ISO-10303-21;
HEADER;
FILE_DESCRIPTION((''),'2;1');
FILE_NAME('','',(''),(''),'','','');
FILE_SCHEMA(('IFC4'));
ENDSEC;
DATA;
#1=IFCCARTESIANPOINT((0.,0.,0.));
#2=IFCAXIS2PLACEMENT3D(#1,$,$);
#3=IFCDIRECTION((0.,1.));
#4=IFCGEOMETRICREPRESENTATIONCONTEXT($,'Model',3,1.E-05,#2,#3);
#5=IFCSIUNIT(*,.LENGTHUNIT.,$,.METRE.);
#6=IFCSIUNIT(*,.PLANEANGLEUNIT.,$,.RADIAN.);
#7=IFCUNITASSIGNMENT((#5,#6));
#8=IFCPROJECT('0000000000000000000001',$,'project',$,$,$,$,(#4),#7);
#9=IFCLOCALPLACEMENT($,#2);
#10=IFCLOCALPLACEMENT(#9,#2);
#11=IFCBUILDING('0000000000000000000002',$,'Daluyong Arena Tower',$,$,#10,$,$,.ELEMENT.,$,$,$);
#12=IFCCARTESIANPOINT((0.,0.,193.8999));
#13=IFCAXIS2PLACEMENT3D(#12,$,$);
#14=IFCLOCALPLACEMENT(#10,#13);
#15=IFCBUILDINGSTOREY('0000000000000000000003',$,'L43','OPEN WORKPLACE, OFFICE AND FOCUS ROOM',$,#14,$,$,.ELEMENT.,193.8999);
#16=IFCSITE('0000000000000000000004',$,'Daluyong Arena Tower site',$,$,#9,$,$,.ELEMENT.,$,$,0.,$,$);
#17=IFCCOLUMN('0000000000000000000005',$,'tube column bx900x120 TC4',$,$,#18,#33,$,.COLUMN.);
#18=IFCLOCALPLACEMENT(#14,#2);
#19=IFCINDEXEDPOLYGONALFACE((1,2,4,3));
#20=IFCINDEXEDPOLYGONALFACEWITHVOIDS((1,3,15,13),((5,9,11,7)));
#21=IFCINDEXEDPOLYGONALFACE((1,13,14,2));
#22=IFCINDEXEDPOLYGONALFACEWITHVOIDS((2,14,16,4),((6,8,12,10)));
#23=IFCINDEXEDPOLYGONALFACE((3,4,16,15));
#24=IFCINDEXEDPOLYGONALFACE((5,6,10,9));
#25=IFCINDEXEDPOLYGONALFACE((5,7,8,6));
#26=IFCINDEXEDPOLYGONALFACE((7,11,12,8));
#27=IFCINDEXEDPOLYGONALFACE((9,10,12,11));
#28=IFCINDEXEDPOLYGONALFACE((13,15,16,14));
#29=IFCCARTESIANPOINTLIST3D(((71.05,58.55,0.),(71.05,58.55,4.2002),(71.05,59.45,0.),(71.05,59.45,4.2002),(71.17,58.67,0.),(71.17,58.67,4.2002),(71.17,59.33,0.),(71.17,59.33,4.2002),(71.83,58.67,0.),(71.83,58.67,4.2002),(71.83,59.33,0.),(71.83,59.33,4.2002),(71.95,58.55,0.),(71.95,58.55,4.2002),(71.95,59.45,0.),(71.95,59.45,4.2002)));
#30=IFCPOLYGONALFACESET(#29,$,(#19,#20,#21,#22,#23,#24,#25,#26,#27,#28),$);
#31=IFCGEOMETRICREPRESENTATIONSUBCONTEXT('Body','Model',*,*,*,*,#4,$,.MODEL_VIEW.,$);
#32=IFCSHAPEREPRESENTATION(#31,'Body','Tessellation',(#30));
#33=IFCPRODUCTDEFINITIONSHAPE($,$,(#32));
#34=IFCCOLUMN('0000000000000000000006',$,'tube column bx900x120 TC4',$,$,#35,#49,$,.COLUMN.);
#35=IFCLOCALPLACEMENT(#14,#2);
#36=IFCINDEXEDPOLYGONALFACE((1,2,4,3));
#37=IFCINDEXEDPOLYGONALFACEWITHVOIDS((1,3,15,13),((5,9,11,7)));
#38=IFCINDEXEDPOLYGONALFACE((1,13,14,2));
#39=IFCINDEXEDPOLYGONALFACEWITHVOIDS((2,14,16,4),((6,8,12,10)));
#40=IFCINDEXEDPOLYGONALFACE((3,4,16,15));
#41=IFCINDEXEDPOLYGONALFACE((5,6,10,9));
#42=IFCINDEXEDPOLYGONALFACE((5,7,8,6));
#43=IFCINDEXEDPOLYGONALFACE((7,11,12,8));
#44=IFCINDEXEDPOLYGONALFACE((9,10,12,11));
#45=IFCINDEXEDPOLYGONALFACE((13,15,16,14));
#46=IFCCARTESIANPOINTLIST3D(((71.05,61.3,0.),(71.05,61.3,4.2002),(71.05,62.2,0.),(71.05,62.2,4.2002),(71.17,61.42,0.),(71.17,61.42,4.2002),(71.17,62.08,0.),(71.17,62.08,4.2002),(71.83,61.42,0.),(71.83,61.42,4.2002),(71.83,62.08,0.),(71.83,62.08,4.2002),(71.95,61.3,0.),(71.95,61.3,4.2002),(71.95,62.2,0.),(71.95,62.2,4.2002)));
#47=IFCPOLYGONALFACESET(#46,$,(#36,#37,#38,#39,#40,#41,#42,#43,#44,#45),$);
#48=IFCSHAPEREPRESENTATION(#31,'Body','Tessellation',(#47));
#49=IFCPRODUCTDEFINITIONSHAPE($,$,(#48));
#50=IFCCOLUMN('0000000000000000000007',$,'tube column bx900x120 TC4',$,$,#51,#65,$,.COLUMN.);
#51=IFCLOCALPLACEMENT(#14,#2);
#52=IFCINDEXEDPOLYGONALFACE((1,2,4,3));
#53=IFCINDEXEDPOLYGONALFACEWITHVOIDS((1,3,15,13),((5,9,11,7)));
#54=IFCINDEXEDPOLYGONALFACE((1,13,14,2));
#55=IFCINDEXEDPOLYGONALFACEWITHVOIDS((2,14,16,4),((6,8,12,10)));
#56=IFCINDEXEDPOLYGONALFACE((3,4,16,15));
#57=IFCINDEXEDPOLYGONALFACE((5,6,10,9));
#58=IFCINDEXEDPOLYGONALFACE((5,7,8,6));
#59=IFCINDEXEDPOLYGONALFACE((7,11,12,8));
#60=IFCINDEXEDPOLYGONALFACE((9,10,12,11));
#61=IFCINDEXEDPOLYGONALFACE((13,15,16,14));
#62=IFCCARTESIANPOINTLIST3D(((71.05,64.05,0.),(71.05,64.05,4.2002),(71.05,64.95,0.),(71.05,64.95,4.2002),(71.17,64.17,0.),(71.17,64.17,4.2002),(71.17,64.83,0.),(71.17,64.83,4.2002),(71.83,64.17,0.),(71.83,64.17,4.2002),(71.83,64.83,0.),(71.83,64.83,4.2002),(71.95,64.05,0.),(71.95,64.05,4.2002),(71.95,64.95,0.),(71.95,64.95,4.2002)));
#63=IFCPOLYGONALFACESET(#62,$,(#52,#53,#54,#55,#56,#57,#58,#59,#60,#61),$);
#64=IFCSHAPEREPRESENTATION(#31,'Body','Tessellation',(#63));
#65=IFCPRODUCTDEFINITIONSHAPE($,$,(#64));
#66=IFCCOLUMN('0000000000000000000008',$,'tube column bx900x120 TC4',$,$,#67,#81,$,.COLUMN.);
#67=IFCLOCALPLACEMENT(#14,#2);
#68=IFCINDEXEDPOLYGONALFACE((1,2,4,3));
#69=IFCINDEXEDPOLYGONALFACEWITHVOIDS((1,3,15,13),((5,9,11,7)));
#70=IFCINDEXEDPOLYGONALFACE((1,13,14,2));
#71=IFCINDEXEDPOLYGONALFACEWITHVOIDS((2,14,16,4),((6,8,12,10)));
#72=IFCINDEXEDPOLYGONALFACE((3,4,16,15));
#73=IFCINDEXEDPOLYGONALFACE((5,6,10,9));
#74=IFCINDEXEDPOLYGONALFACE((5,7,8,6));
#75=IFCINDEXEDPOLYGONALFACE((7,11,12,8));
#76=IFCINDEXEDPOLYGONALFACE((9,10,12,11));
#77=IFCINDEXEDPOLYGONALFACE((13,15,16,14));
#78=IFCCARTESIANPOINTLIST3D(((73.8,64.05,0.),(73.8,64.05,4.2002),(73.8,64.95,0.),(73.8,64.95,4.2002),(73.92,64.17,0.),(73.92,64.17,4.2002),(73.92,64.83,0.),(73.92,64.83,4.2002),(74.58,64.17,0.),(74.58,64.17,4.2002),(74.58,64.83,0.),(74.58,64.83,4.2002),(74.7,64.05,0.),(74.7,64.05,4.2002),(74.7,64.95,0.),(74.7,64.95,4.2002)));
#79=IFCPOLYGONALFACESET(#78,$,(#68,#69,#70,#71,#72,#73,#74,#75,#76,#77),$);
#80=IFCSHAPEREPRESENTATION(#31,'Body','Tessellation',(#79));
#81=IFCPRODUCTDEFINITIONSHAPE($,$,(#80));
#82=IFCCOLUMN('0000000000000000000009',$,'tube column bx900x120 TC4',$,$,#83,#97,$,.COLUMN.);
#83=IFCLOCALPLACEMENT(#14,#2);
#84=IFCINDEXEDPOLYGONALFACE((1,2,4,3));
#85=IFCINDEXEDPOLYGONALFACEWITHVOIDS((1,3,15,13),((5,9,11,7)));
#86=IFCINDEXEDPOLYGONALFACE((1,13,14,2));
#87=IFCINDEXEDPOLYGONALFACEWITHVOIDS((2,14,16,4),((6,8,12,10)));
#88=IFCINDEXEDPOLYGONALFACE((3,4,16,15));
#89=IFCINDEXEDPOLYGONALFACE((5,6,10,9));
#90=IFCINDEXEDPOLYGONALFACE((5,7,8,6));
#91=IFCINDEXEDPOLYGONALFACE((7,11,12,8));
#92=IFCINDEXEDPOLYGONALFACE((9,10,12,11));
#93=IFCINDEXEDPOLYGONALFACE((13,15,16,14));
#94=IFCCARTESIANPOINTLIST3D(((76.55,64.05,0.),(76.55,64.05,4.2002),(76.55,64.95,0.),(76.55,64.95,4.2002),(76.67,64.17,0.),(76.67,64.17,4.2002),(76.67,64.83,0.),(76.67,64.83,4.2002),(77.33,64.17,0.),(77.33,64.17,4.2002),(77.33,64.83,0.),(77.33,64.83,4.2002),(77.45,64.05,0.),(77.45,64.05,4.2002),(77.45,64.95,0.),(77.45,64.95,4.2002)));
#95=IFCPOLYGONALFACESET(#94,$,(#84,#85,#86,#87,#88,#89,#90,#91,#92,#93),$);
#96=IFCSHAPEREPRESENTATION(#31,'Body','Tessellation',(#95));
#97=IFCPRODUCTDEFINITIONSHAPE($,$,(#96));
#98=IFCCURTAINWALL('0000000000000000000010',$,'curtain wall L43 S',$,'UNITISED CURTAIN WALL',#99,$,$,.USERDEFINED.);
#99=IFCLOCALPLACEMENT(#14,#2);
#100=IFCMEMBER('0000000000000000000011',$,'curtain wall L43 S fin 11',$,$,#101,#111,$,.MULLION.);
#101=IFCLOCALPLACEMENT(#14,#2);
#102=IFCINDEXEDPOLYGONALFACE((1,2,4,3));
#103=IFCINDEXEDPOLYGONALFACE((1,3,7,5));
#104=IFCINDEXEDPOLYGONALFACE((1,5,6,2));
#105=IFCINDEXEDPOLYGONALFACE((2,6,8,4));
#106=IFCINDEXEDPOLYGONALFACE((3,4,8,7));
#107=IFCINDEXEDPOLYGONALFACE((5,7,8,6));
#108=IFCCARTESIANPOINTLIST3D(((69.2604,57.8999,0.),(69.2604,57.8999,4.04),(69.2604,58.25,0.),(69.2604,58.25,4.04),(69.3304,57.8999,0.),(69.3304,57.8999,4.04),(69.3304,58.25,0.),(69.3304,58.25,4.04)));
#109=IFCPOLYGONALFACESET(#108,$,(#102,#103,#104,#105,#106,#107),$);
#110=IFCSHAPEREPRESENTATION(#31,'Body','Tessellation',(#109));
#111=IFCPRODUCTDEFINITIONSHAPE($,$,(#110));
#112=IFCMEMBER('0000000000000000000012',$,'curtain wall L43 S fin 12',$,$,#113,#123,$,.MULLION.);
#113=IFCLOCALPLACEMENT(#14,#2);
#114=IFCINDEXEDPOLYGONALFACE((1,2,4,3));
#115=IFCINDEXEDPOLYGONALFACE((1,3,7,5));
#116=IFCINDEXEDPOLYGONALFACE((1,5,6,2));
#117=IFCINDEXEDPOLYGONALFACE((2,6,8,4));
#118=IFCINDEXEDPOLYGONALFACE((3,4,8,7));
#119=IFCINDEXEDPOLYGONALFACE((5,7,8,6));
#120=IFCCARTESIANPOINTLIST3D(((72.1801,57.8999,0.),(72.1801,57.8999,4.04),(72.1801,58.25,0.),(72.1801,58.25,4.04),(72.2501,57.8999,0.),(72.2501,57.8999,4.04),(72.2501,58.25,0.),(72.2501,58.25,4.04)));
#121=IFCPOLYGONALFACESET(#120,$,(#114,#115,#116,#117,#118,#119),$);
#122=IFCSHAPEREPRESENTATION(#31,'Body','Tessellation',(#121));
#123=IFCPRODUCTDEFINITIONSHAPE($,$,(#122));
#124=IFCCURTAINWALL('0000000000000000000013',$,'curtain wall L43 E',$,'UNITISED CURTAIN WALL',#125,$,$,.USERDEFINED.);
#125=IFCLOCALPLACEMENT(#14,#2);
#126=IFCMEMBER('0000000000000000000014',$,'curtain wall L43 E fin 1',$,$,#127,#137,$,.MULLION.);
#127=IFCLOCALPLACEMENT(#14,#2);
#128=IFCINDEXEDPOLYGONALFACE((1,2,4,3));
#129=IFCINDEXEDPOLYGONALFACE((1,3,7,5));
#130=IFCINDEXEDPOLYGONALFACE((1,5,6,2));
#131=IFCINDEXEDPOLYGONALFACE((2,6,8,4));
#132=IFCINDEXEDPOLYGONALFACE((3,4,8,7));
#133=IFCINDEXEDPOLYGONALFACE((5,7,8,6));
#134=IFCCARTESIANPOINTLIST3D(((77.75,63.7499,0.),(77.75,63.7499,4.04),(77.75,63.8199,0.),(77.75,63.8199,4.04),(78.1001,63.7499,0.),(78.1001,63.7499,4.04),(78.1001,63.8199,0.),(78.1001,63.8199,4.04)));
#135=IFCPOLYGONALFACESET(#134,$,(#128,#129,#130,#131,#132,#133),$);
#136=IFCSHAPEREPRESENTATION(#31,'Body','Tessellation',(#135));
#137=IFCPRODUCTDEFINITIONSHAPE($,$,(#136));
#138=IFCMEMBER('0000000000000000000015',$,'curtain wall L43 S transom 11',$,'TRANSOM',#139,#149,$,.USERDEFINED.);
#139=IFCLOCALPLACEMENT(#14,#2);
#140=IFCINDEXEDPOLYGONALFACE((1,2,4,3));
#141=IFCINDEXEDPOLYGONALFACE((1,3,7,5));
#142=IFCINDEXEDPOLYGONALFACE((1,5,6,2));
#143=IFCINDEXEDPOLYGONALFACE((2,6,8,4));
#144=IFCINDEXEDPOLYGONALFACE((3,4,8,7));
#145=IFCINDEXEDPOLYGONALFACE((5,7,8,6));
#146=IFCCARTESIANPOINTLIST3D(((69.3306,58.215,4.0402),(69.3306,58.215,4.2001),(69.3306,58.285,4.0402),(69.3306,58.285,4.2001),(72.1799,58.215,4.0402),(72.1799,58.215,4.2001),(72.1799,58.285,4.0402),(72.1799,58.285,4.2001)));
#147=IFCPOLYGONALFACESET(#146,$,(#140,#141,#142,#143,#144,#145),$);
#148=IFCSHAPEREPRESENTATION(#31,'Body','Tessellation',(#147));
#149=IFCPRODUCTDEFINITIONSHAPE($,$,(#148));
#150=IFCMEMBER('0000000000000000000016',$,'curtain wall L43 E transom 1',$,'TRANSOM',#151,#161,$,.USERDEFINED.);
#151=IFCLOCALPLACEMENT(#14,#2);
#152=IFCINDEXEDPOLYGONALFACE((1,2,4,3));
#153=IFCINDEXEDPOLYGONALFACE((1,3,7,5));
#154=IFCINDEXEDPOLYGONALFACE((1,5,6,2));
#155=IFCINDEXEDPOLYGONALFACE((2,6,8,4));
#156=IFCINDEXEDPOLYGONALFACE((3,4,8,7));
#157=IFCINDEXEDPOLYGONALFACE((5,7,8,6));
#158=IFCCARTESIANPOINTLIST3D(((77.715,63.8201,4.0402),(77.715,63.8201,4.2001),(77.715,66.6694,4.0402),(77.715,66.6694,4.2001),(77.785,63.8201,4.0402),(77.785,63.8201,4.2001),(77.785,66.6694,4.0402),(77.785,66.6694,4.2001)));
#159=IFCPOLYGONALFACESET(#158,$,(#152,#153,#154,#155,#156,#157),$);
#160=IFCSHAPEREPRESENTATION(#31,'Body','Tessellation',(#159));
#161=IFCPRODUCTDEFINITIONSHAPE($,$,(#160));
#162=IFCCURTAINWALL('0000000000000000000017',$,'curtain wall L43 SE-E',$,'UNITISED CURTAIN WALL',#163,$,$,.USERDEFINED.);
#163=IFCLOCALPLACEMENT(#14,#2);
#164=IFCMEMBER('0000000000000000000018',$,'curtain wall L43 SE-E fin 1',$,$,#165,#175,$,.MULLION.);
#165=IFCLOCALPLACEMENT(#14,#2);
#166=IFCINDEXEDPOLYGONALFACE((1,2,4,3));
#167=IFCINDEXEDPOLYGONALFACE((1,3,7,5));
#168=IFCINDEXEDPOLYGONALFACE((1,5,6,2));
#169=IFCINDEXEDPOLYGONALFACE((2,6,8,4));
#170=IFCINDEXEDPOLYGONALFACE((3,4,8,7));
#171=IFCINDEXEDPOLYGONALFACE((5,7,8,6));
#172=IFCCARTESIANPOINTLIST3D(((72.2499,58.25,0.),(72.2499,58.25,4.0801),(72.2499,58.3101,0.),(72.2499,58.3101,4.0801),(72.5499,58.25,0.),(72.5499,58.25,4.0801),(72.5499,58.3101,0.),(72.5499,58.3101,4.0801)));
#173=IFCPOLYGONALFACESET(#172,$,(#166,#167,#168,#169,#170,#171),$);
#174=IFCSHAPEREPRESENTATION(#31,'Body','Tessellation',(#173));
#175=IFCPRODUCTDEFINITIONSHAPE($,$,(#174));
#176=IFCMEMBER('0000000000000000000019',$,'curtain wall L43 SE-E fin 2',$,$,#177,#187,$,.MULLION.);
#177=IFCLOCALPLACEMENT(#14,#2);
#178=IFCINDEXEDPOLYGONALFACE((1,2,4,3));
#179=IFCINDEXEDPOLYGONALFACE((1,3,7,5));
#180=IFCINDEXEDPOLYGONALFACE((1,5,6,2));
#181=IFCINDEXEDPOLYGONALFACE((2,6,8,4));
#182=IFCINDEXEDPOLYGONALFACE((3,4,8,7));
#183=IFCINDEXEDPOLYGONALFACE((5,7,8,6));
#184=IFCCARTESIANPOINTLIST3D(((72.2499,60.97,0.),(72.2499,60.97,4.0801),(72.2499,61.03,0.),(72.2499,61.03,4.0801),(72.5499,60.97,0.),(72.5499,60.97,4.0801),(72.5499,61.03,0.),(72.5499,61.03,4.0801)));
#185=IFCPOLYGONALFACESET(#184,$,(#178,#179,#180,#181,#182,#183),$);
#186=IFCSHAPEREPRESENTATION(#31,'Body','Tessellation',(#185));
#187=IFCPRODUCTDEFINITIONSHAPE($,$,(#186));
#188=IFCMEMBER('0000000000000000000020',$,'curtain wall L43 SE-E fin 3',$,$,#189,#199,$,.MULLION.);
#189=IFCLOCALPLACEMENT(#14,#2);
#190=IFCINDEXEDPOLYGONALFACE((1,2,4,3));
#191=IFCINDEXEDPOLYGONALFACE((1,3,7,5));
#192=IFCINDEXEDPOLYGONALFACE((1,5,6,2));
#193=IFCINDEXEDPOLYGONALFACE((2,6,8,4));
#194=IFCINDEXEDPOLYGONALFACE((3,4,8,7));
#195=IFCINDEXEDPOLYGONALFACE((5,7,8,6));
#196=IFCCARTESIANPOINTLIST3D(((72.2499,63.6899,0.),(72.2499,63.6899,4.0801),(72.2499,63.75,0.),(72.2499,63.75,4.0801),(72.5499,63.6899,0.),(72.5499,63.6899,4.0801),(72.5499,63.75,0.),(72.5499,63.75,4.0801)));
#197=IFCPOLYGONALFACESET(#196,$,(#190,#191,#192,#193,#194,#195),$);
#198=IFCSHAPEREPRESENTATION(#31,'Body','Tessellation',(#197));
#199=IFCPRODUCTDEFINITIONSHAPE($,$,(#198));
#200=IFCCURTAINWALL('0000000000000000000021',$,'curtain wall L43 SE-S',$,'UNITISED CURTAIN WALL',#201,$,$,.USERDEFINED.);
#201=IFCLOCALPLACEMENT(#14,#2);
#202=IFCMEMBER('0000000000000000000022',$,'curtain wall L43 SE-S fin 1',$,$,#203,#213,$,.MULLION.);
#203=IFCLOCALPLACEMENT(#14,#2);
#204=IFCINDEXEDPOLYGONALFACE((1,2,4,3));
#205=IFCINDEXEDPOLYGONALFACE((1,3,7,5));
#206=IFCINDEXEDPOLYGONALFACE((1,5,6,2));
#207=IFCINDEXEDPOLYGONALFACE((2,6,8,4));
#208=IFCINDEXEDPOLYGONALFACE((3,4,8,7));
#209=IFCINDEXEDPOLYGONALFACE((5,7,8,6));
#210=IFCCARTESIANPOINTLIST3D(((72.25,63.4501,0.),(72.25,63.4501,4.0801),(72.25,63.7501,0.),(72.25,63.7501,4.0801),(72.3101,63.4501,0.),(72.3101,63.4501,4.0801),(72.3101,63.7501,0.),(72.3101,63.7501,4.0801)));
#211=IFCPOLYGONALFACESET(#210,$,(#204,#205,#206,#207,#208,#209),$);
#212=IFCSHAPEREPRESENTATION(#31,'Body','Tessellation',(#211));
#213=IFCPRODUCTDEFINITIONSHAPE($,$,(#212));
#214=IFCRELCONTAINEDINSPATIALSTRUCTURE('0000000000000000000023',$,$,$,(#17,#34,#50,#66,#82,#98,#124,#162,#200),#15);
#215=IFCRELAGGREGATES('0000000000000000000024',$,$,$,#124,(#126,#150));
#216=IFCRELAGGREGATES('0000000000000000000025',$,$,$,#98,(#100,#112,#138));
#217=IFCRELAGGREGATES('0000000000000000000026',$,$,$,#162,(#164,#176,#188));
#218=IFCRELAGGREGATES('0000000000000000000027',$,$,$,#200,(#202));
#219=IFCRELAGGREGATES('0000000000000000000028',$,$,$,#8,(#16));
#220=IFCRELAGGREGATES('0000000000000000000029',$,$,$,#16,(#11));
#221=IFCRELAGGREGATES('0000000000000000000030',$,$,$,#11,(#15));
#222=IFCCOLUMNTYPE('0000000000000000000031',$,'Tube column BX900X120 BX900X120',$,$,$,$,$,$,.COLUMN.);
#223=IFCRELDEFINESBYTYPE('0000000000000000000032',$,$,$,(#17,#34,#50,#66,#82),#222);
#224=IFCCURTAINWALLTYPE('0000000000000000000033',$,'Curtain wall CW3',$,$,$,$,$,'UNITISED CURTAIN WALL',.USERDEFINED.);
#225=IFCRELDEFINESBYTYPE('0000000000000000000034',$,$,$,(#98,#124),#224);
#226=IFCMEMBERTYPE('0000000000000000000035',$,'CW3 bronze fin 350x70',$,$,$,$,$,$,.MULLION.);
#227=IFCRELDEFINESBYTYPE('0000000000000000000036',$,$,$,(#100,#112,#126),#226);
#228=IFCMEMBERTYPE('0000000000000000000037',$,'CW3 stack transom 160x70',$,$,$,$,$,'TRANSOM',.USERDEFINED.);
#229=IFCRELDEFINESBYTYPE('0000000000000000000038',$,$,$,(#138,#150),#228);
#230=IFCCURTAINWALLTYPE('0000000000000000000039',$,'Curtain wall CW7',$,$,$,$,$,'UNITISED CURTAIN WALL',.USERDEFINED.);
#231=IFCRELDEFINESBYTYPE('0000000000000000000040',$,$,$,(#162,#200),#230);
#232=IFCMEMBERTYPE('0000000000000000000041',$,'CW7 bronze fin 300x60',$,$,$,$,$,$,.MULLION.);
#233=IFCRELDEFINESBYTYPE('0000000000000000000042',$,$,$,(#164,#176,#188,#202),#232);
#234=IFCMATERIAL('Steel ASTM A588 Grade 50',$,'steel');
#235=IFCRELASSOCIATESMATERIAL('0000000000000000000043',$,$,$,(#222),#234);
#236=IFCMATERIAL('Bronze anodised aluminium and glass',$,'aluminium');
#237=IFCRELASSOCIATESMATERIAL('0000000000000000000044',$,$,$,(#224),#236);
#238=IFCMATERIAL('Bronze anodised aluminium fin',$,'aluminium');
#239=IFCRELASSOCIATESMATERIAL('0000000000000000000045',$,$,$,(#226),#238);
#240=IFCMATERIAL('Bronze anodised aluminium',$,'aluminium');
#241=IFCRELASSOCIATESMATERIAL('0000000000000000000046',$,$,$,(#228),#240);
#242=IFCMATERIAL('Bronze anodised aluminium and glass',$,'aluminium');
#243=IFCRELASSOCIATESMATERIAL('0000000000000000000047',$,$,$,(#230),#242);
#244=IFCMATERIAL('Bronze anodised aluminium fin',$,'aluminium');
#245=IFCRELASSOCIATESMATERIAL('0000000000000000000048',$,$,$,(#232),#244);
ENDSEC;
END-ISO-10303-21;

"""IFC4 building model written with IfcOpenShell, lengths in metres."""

from ifc_helpers import new_model, si_unit, direction, frame, origin, origin_2d, place, context, subcontext, project, spatial, rectangle, hollow_rectangle, extrude, material, material_profile, profile_set, type_object, element, aggregate, save


model = new_model("IFC4")

# Units and contexts
model_context = context("Model", 3, precision=1e-05, world=origin(), true_north=direction((0.0, 1.0)))
body_context = subcontext(model_context, "Body", "Model", "MODEL_VIEW")
ifc_project = project(units=[si_unit("LENGTHUNIT", "METRE"), si_unit("PLANEANGLEUNIT", "RADIAN")], contexts=[model_context])

# Site, building, storey
site_placement = place(None, origin())
site = spatial("IfcSite", under=ifc_project, at=site_placement, Name="Daluyong Arena Tower site", CompositionType="ELEMENT", RefElevation=0.0)
building_placement = place(site_placement, origin())
building = spatial("IfcBuilding", under=site, at=building_placement, Name="Daluyong Arena Tower", CompositionType="ELEMENT")
storey_placement = place(building_placement, frame((0.0, 0.0, 193.8999)))
storey = spatial("IfcBuildingStorey", under=building, at=storey_placement, Name="L43", Description="OPEN WORKPLACE, OFFICE AND FOCUS ROOM", CompositionType="ELEMENT", Elevation=193.8999)

# Columns
ifc_material_1 = material(Name="Steel ASTM A588 Grade 50", Category="steel")
ifc_material_profile_1 = material_profile(ifc_material_1, hollow_rectangle(XDim=0.8999, YDim=0.8999, WallThickness=0.12, at=origin_2d()))
ifc_profile_set_1 = profile_set([ifc_material_profile_1], Name="Steel ASTM A588 Grade 50")
column_type = type_object("IfcColumnType", Name="Tube column BX900X120 BX900X120", PredefinedType="COLUMN", material=ifc_profile_set_1)
for number, where, z_axis, x_axis, name in (
    (1, (71.5, 59.0, 0.0), (0.0, 0.0, 1.0), (0.0, 1.0, 0.0), "tube column bx900x120 TC4"),
    (2, (71.5, 61.75, 0.0), (0.0, 0.0, 1.0), (0.0, 1.0, 0.0), "tube column bx900x120 TC4"),
    (3, (71.5, 64.5, 0.0), (0.0, 0.0, 1.0), (1.0, 0.0, 0.0), "tube column bx900x120 TC4"),
    (4, (74.25, 64.5, 0.0), (0.0, 0.0, 1.0), (1.0, 0.0, 0.0), "tube column bx900x120 TC4"),
    (5, (77.0, 64.5, 0.0), (0.0, 0.0, 1.0), (0.0, 1.0, 0.0), "tube column bx900x120 TC4"),
):
    element("IfcColumn", number, at=place(storey_placement, frame(where, z_axis=z_axis, x_axis=x_axis)), inside=storey, type_object=column_type, Name=name, PredefinedType="COLUMN", context=body_context, shape_type="SweptSolid", body=[
        extrude(hollow_rectangle(XDim=0.8999, YDim=0.8999, WallThickness=0.12, at=origin_2d()), origin(), (0.0, 0.0, 1.0), 4.2002),
    ])

# Curtain wall, members
ifc_material_2 = material(Name="Bronze anodised aluminium and glass", Category="aluminium")
curtain_wall_type_1 = type_object("IfcCurtainWallType", Name="Curtain wall CW3", ElementType="UNITISED CURTAIN WALL", PredefinedType="USERDEFINED", material=ifc_material_2)
curtain_wall_1_placement = place(storey_placement, origin())
curtain_wall_1 = element("IfcCurtainWall", 6, at=curtain_wall_1_placement, inside=storey, type_object=curtain_wall_type_1, Name="curtain wall L43 S", ObjectType="UNITISED CURTAIN WALL", PredefinedType="USERDEFINED")
ifc_material_3 = material(Name="Bronze anodised aluminium fin", Category="aluminium")
ifc_material_profile_2 = material_profile(ifc_material_3, rectangle(XDim=0.3501, YDim=0.0701, at=origin_2d()))
ifc_profile_set_2 = profile_set([ifc_material_profile_2], Name="Bronze anodised aluminium fin")
member_type_1 = type_object("IfcMemberType", Name="CW3 bronze fin 350x70", PredefinedType="MULLION", material=ifc_profile_set_2)
member_1_placement = place(storey_placement, frame((69.2954, 58.075, 0.0), z_axis=(0.0, 0.0, 1.0), x_axis=(0.0, 1.0, 0.0)))
member_1 = element("IfcMember", 7, at=member_1_placement, type_object=member_type_1, Name="curtain wall L43 S fin 11", PredefinedType="MULLION", context=body_context, shape_type="SweptSolid", body=[
    extrude(rectangle(XDim=0.3501, YDim=0.0701, at=origin_2d()), origin(), (0.0, 0.0, 1.0), 4.04),
])
member_2_placement = place(storey_placement, frame((72.2151, 58.075, 0.0), z_axis=(0.0, 0.0, 1.0), x_axis=(0.0, 1.0, 0.0)))
member_2 = element("IfcMember", 8, at=member_2_placement, type_object=member_type_1, Name="curtain wall L43 S fin 12", PredefinedType="MULLION", context=body_context, shape_type="SweptSolid", body=[
    extrude(rectangle(XDim=0.3501, YDim=0.0701, at=origin_2d()), origin(), (0.0, 0.0, 1.0), 4.04),
])

# Curtain wall, member
curtain_wall_2_placement = place(storey_placement, origin())
curtain_wall_2 = element("IfcCurtainWall", 9, at=curtain_wall_2_placement, inside=storey, type_object=curtain_wall_type_1, Name="curtain wall L43 E", ObjectType="UNITISED CURTAIN WALL", PredefinedType="USERDEFINED")
member_3_placement = place(storey_placement, frame((77.925, 63.7849, 0.0), z_axis=(0.0, 0.0, 1.0), x_axis=(-1.0, 0.0, 0.0)))
member_3 = element("IfcMember", 10, at=member_3_placement, type_object=member_type_1, Name="curtain wall L43 E fin 1", PredefinedType="MULLION", context=body_context, shape_type="SweptSolid", body=[
    extrude(rectangle(XDim=0.3501, YDim=0.0701, at=origin_2d()), origin(), (0.0, 0.0, 1.0), 4.04),
])

# Members
ifc_material_4 = material(Name="Bronze anodised aluminium", Category="aluminium")
ifc_material_profile_3 = material_profile(ifc_material_4, rectangle(XDim=0.0701, YDim=0.1599, at=origin_2d()))
ifc_profile_set_3 = profile_set([ifc_material_profile_3], Name="Bronze anodised aluminium")
member_type_2 = type_object("IfcMemberType", Name="CW3 stack transom 160x70", ElementType="TRANSOM", PredefinedType="USERDEFINED", material=ifc_profile_set_3)
member_4_placement = place(storey_placement, frame((69.3306, 58.25, 4.1201), z_axis=(1.0, 0.0, 0.0), x_axis=(0.0, 1.0, 0.0)))
member_4 = element("IfcMember", 11, at=member_4_placement, type_object=member_type_2, Name="curtain wall L43 S transom 11", ObjectType="TRANSOM", PredefinedType="USERDEFINED", context=body_context, shape_type="SweptSolid", body=[
    extrude(rectangle(XDim=0.0701, YDim=0.1599, at=origin_2d()), origin(), (0.0, 0.0, 1.0), 2.8494),
])
member_5_placement = place(storey_placement, frame((77.75, 63.8201, 4.1201), z_axis=(0.0, 1.0, 0.0), x_axis=(-1.0, 0.0, 0.0)))
member_5 = element("IfcMember", 12, at=member_5_placement, type_object=member_type_2, Name="curtain wall L43 E transom 1", ObjectType="TRANSOM", PredefinedType="USERDEFINED", context=body_context, shape_type="SweptSolid", body=[
    extrude(rectangle(XDim=0.0701, YDim=0.1599, at=origin_2d()), origin(), (0.0, 0.0, 1.0), 2.8494),
])
aggregate(curtain_wall_2, [member_3, member_5])

# Curtain walls, members
ifc_material_5 = material(Name="Bronze anodised aluminium and glass", Category="aluminium")
curtain_wall_type_2 = type_object("IfcCurtainWallType", Name="Curtain wall CW7", ElementType="UNITISED CURTAIN WALL", PredefinedType="USERDEFINED", material=ifc_material_5)
curtain_wall_3_placement = place(storey_placement, origin())
curtain_wall_3 = element("IfcCurtainWall", 13, at=curtain_wall_3_placement, inside=storey, type_object=curtain_wall_type_2, Name="curtain wall L43 SE-E", ObjectType="UNITISED CURTAIN WALL", PredefinedType="USERDEFINED")
ifc_material_6 = material(Name="Bronze anodised aluminium fin", Category="aluminium")
ifc_material_profile_4 = material_profile(ifc_material_6, rectangle(XDim=0.3, YDim=0.0601, at=origin_2d()))
ifc_profile_set_4 = profile_set([ifc_material_profile_4], Name="Bronze anodised aluminium fin")
member_type_3 = type_object("IfcMemberType", Name="CW7 bronze fin 300x60", PredefinedType="MULLION", material=ifc_profile_set_4)
member_6_placement = place(storey_placement, frame((72.3999, 58.28, 0.0), z_axis=(0.0, 0.0, 1.0), x_axis=(-1.0, 0.0, 0.0)))
member_6 = element("IfcMember", 14, at=member_6_placement, type_object=member_type_3, Name="curtain wall L43 SE-E fin 1", PredefinedType="MULLION", context=body_context, shape_type="SweptSolid", body=[
    extrude(rectangle(XDim=0.3, YDim=0.0601, at=origin_2d()), origin(), (0.0, 0.0, 1.0), 4.0801),
])
member_7_placement = place(storey_placement, frame((72.3999, 61.0, 0.0), z_axis=(0.0, 0.0, 1.0), x_axis=(-1.0, 0.0, 0.0)))
member_7 = element("IfcMember", 15, at=member_7_placement, type_object=member_type_3, Name="curtain wall L43 SE-E fin 2", PredefinedType="MULLION", context=body_context, shape_type="SweptSolid", body=[
    extrude(rectangle(XDim=0.3, YDim=0.0601, at=origin_2d()), origin(), (0.0, 0.0, 1.0), 4.0801),
])
member_8_placement = place(storey_placement, frame((72.3999, 63.72, 0.0), z_axis=(0.0, 0.0, 1.0), x_axis=(-1.0, 0.0, 0.0)))
member_8 = element("IfcMember", 16, at=member_8_placement, type_object=member_type_3, Name="curtain wall L43 SE-E fin 3", PredefinedType="MULLION", context=body_context, shape_type="SweptSolid", body=[
    extrude(rectangle(XDim=0.3, YDim=0.0601, at=origin_2d()), origin(), (0.0, 0.0, 1.0), 4.0801),
])
curtain_wall_4_placement = place(storey_placement, origin())
curtain_wall_4 = element("IfcCurtainWall", 17, at=curtain_wall_4_placement, inside=storey, type_object=curtain_wall_type_2, Name="curtain wall L43 SE-S", ObjectType="UNITISED CURTAIN WALL", PredefinedType="USERDEFINED")
member_9_placement = place(storey_placement, frame((72.28, 63.6001, 0.0), z_axis=(0.0, 0.0, 1.0), x_axis=(0.0, 1.0, 0.0)))
member_9 = element("IfcMember", 18, at=member_9_placement, type_object=member_type_3, Name="curtain wall L43 SE-S fin 1", PredefinedType="MULLION", context=body_context, shape_type="SweptSolid", body=[
    extrude(rectangle(XDim=0.3, YDim=0.0601, at=origin_2d()), origin(), (0.0, 0.0, 1.0), 4.0801),
])

aggregate(curtain_wall_1, [member_1, member_2, member_4])
aggregate(curtain_wall_3, [member_6, member_7, member_8])
aggregate(curtain_wall_4, [member_9])

save(model, "model.ifc")
